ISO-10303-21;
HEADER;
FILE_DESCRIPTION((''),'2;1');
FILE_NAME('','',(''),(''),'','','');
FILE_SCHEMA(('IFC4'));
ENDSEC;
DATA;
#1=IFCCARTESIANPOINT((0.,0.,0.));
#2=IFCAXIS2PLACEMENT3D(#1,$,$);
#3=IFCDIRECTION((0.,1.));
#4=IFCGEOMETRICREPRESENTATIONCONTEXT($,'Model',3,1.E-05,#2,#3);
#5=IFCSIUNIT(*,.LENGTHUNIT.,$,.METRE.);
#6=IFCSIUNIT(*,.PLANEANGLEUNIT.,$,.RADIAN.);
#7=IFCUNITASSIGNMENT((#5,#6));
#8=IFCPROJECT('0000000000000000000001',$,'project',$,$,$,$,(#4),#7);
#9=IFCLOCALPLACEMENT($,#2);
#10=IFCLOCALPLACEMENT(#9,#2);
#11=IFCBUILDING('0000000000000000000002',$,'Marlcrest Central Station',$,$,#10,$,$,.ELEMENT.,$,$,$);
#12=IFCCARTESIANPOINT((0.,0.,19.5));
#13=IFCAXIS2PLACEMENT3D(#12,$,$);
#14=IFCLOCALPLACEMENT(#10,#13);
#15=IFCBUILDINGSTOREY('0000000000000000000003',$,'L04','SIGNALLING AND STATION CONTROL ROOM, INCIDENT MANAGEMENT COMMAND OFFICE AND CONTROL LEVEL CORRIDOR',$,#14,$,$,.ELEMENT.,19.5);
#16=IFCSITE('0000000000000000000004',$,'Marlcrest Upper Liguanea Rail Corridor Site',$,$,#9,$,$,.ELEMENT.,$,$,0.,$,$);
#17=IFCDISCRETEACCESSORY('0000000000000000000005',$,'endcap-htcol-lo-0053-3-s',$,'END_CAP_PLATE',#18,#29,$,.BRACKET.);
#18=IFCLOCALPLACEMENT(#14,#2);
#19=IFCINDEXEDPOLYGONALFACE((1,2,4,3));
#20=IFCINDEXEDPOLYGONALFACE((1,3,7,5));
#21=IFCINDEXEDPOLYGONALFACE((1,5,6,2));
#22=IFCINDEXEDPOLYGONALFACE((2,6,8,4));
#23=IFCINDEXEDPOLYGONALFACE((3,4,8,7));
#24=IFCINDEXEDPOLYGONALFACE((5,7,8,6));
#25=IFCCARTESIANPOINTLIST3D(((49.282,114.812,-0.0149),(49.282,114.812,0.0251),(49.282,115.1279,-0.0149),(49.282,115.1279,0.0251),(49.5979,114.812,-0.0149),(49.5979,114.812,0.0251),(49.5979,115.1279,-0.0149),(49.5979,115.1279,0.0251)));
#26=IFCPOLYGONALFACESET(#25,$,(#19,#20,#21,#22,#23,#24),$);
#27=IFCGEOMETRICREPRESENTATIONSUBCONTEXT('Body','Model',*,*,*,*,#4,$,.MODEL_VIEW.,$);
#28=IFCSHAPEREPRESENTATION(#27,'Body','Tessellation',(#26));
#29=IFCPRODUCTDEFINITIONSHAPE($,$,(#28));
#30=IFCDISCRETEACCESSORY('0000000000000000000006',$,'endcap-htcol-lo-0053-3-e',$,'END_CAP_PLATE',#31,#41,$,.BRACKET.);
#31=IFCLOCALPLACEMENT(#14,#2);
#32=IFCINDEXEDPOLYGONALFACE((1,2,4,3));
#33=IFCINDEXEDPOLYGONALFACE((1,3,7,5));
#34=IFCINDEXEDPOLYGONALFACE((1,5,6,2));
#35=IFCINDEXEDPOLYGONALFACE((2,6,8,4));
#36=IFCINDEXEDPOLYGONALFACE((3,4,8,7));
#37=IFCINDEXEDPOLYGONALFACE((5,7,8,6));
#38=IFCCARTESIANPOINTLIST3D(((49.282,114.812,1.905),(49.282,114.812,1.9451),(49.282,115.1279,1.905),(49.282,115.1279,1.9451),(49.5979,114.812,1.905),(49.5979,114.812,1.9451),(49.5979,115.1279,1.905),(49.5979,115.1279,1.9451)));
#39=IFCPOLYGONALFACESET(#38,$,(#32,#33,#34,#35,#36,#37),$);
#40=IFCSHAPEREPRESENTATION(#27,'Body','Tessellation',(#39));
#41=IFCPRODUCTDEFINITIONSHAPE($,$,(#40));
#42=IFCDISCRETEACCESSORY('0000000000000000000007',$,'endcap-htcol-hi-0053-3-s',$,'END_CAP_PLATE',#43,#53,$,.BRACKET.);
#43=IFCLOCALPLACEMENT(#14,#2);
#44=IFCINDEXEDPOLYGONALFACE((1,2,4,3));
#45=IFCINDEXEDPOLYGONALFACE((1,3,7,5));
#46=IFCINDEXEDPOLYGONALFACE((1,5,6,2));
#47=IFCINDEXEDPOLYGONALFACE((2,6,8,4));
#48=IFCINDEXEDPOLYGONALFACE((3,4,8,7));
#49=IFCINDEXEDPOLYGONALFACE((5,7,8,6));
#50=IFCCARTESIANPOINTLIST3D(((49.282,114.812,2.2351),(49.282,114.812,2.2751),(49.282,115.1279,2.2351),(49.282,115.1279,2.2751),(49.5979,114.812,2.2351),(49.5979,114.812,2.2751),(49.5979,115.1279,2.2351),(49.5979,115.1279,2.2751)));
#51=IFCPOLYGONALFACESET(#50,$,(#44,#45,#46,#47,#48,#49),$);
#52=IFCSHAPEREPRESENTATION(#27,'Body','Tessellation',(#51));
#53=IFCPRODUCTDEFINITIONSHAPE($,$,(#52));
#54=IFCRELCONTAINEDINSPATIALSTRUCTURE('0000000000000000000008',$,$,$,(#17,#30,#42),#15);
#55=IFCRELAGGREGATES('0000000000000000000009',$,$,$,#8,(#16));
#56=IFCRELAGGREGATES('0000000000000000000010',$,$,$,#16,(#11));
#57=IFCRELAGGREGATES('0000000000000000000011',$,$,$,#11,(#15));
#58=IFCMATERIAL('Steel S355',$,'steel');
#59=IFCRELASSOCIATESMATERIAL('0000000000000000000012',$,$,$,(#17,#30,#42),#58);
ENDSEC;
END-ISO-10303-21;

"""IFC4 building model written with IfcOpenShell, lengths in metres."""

from ifc_helpers import new_model, si_unit, direction, frame, origin, origin_2d, place, context, subcontext, project, spatial, rectangle, extrude, material, element, save


model = new_model("IFC4")

# Units and contexts
model_context = context("Model", 3, precision=1e-05, world=origin(), true_north=direction((0.0, 1.0)))
body_context = subcontext(model_context, "Body", "Model", "MODEL_VIEW")
ifc_project = project(units=[si_unit("LENGTHUNIT", "METRE"), si_unit("PLANEANGLEUNIT", "RADIAN")], contexts=[model_context])

# Site, building, storey
site_placement = place(None, origin())
site = spatial("IfcSite", under=ifc_project, at=site_placement, Name="Marlcrest Upper Liguanea Rail Corridor Site", CompositionType="ELEMENT", RefElevation=0.0)
building_placement = place(site_placement, origin())
building = spatial("IfcBuilding", under=site, at=building_placement, Name="Marlcrest Central Station", CompositionType="ELEMENT")
storey_placement = place(building_placement, frame((0.0, 0.0, 19.5)))
storey = spatial("IfcBuildingStorey", under=building, at=storey_placement, Name="L04", Description="SIGNALLING AND STATION CONTROL ROOM, INCIDENT MANAGEMENT COMMAND OFFICE AND CONTROL LEVEL CORRIDOR", CompositionType="ELEMENT", Elevation=19.5)

# Shared definitions
ifc_material_1 = material(Name="Steel S355", Category="steel")

# Discrete accessories
for number, where, z_axis, x_axis, name in (
    (1, (49.4399, 114.97, -0.0149), (0.0, 0.0, 1.0), (1.0, 0.0, 0.0), "endcap-htcol-lo-0053-3-s"),
    (2, (49.4399, 114.97, 1.905), (0.0, 0.0, 1.0), (1.0, 0.0, 0.0), "endcap-htcol-lo-0053-3-e"),
    (3, (49.4399, 114.97, 2.2351), (0.0, 0.0, 1.0), (1.0, 0.0, 0.0), "endcap-htcol-hi-0053-3-s"),
):
    element("IfcDiscreteAccessory", number, at=place(storey_placement, frame(where, z_axis=z_axis, x_axis=x_axis)), inside=storey, material=ifc_material_1, Name=name, ObjectType="END_CAP_PLATE", PredefinedType="BRACKET", context=body_context, shape_type="SweptSolid", body=[
        extrude(rectangle(XDim=0.3159, YDim=0.3159, at=origin_2d()), origin(), (0.0, 0.0, 1.0), 0.04),
    ])

save(model, "model.ifc")
